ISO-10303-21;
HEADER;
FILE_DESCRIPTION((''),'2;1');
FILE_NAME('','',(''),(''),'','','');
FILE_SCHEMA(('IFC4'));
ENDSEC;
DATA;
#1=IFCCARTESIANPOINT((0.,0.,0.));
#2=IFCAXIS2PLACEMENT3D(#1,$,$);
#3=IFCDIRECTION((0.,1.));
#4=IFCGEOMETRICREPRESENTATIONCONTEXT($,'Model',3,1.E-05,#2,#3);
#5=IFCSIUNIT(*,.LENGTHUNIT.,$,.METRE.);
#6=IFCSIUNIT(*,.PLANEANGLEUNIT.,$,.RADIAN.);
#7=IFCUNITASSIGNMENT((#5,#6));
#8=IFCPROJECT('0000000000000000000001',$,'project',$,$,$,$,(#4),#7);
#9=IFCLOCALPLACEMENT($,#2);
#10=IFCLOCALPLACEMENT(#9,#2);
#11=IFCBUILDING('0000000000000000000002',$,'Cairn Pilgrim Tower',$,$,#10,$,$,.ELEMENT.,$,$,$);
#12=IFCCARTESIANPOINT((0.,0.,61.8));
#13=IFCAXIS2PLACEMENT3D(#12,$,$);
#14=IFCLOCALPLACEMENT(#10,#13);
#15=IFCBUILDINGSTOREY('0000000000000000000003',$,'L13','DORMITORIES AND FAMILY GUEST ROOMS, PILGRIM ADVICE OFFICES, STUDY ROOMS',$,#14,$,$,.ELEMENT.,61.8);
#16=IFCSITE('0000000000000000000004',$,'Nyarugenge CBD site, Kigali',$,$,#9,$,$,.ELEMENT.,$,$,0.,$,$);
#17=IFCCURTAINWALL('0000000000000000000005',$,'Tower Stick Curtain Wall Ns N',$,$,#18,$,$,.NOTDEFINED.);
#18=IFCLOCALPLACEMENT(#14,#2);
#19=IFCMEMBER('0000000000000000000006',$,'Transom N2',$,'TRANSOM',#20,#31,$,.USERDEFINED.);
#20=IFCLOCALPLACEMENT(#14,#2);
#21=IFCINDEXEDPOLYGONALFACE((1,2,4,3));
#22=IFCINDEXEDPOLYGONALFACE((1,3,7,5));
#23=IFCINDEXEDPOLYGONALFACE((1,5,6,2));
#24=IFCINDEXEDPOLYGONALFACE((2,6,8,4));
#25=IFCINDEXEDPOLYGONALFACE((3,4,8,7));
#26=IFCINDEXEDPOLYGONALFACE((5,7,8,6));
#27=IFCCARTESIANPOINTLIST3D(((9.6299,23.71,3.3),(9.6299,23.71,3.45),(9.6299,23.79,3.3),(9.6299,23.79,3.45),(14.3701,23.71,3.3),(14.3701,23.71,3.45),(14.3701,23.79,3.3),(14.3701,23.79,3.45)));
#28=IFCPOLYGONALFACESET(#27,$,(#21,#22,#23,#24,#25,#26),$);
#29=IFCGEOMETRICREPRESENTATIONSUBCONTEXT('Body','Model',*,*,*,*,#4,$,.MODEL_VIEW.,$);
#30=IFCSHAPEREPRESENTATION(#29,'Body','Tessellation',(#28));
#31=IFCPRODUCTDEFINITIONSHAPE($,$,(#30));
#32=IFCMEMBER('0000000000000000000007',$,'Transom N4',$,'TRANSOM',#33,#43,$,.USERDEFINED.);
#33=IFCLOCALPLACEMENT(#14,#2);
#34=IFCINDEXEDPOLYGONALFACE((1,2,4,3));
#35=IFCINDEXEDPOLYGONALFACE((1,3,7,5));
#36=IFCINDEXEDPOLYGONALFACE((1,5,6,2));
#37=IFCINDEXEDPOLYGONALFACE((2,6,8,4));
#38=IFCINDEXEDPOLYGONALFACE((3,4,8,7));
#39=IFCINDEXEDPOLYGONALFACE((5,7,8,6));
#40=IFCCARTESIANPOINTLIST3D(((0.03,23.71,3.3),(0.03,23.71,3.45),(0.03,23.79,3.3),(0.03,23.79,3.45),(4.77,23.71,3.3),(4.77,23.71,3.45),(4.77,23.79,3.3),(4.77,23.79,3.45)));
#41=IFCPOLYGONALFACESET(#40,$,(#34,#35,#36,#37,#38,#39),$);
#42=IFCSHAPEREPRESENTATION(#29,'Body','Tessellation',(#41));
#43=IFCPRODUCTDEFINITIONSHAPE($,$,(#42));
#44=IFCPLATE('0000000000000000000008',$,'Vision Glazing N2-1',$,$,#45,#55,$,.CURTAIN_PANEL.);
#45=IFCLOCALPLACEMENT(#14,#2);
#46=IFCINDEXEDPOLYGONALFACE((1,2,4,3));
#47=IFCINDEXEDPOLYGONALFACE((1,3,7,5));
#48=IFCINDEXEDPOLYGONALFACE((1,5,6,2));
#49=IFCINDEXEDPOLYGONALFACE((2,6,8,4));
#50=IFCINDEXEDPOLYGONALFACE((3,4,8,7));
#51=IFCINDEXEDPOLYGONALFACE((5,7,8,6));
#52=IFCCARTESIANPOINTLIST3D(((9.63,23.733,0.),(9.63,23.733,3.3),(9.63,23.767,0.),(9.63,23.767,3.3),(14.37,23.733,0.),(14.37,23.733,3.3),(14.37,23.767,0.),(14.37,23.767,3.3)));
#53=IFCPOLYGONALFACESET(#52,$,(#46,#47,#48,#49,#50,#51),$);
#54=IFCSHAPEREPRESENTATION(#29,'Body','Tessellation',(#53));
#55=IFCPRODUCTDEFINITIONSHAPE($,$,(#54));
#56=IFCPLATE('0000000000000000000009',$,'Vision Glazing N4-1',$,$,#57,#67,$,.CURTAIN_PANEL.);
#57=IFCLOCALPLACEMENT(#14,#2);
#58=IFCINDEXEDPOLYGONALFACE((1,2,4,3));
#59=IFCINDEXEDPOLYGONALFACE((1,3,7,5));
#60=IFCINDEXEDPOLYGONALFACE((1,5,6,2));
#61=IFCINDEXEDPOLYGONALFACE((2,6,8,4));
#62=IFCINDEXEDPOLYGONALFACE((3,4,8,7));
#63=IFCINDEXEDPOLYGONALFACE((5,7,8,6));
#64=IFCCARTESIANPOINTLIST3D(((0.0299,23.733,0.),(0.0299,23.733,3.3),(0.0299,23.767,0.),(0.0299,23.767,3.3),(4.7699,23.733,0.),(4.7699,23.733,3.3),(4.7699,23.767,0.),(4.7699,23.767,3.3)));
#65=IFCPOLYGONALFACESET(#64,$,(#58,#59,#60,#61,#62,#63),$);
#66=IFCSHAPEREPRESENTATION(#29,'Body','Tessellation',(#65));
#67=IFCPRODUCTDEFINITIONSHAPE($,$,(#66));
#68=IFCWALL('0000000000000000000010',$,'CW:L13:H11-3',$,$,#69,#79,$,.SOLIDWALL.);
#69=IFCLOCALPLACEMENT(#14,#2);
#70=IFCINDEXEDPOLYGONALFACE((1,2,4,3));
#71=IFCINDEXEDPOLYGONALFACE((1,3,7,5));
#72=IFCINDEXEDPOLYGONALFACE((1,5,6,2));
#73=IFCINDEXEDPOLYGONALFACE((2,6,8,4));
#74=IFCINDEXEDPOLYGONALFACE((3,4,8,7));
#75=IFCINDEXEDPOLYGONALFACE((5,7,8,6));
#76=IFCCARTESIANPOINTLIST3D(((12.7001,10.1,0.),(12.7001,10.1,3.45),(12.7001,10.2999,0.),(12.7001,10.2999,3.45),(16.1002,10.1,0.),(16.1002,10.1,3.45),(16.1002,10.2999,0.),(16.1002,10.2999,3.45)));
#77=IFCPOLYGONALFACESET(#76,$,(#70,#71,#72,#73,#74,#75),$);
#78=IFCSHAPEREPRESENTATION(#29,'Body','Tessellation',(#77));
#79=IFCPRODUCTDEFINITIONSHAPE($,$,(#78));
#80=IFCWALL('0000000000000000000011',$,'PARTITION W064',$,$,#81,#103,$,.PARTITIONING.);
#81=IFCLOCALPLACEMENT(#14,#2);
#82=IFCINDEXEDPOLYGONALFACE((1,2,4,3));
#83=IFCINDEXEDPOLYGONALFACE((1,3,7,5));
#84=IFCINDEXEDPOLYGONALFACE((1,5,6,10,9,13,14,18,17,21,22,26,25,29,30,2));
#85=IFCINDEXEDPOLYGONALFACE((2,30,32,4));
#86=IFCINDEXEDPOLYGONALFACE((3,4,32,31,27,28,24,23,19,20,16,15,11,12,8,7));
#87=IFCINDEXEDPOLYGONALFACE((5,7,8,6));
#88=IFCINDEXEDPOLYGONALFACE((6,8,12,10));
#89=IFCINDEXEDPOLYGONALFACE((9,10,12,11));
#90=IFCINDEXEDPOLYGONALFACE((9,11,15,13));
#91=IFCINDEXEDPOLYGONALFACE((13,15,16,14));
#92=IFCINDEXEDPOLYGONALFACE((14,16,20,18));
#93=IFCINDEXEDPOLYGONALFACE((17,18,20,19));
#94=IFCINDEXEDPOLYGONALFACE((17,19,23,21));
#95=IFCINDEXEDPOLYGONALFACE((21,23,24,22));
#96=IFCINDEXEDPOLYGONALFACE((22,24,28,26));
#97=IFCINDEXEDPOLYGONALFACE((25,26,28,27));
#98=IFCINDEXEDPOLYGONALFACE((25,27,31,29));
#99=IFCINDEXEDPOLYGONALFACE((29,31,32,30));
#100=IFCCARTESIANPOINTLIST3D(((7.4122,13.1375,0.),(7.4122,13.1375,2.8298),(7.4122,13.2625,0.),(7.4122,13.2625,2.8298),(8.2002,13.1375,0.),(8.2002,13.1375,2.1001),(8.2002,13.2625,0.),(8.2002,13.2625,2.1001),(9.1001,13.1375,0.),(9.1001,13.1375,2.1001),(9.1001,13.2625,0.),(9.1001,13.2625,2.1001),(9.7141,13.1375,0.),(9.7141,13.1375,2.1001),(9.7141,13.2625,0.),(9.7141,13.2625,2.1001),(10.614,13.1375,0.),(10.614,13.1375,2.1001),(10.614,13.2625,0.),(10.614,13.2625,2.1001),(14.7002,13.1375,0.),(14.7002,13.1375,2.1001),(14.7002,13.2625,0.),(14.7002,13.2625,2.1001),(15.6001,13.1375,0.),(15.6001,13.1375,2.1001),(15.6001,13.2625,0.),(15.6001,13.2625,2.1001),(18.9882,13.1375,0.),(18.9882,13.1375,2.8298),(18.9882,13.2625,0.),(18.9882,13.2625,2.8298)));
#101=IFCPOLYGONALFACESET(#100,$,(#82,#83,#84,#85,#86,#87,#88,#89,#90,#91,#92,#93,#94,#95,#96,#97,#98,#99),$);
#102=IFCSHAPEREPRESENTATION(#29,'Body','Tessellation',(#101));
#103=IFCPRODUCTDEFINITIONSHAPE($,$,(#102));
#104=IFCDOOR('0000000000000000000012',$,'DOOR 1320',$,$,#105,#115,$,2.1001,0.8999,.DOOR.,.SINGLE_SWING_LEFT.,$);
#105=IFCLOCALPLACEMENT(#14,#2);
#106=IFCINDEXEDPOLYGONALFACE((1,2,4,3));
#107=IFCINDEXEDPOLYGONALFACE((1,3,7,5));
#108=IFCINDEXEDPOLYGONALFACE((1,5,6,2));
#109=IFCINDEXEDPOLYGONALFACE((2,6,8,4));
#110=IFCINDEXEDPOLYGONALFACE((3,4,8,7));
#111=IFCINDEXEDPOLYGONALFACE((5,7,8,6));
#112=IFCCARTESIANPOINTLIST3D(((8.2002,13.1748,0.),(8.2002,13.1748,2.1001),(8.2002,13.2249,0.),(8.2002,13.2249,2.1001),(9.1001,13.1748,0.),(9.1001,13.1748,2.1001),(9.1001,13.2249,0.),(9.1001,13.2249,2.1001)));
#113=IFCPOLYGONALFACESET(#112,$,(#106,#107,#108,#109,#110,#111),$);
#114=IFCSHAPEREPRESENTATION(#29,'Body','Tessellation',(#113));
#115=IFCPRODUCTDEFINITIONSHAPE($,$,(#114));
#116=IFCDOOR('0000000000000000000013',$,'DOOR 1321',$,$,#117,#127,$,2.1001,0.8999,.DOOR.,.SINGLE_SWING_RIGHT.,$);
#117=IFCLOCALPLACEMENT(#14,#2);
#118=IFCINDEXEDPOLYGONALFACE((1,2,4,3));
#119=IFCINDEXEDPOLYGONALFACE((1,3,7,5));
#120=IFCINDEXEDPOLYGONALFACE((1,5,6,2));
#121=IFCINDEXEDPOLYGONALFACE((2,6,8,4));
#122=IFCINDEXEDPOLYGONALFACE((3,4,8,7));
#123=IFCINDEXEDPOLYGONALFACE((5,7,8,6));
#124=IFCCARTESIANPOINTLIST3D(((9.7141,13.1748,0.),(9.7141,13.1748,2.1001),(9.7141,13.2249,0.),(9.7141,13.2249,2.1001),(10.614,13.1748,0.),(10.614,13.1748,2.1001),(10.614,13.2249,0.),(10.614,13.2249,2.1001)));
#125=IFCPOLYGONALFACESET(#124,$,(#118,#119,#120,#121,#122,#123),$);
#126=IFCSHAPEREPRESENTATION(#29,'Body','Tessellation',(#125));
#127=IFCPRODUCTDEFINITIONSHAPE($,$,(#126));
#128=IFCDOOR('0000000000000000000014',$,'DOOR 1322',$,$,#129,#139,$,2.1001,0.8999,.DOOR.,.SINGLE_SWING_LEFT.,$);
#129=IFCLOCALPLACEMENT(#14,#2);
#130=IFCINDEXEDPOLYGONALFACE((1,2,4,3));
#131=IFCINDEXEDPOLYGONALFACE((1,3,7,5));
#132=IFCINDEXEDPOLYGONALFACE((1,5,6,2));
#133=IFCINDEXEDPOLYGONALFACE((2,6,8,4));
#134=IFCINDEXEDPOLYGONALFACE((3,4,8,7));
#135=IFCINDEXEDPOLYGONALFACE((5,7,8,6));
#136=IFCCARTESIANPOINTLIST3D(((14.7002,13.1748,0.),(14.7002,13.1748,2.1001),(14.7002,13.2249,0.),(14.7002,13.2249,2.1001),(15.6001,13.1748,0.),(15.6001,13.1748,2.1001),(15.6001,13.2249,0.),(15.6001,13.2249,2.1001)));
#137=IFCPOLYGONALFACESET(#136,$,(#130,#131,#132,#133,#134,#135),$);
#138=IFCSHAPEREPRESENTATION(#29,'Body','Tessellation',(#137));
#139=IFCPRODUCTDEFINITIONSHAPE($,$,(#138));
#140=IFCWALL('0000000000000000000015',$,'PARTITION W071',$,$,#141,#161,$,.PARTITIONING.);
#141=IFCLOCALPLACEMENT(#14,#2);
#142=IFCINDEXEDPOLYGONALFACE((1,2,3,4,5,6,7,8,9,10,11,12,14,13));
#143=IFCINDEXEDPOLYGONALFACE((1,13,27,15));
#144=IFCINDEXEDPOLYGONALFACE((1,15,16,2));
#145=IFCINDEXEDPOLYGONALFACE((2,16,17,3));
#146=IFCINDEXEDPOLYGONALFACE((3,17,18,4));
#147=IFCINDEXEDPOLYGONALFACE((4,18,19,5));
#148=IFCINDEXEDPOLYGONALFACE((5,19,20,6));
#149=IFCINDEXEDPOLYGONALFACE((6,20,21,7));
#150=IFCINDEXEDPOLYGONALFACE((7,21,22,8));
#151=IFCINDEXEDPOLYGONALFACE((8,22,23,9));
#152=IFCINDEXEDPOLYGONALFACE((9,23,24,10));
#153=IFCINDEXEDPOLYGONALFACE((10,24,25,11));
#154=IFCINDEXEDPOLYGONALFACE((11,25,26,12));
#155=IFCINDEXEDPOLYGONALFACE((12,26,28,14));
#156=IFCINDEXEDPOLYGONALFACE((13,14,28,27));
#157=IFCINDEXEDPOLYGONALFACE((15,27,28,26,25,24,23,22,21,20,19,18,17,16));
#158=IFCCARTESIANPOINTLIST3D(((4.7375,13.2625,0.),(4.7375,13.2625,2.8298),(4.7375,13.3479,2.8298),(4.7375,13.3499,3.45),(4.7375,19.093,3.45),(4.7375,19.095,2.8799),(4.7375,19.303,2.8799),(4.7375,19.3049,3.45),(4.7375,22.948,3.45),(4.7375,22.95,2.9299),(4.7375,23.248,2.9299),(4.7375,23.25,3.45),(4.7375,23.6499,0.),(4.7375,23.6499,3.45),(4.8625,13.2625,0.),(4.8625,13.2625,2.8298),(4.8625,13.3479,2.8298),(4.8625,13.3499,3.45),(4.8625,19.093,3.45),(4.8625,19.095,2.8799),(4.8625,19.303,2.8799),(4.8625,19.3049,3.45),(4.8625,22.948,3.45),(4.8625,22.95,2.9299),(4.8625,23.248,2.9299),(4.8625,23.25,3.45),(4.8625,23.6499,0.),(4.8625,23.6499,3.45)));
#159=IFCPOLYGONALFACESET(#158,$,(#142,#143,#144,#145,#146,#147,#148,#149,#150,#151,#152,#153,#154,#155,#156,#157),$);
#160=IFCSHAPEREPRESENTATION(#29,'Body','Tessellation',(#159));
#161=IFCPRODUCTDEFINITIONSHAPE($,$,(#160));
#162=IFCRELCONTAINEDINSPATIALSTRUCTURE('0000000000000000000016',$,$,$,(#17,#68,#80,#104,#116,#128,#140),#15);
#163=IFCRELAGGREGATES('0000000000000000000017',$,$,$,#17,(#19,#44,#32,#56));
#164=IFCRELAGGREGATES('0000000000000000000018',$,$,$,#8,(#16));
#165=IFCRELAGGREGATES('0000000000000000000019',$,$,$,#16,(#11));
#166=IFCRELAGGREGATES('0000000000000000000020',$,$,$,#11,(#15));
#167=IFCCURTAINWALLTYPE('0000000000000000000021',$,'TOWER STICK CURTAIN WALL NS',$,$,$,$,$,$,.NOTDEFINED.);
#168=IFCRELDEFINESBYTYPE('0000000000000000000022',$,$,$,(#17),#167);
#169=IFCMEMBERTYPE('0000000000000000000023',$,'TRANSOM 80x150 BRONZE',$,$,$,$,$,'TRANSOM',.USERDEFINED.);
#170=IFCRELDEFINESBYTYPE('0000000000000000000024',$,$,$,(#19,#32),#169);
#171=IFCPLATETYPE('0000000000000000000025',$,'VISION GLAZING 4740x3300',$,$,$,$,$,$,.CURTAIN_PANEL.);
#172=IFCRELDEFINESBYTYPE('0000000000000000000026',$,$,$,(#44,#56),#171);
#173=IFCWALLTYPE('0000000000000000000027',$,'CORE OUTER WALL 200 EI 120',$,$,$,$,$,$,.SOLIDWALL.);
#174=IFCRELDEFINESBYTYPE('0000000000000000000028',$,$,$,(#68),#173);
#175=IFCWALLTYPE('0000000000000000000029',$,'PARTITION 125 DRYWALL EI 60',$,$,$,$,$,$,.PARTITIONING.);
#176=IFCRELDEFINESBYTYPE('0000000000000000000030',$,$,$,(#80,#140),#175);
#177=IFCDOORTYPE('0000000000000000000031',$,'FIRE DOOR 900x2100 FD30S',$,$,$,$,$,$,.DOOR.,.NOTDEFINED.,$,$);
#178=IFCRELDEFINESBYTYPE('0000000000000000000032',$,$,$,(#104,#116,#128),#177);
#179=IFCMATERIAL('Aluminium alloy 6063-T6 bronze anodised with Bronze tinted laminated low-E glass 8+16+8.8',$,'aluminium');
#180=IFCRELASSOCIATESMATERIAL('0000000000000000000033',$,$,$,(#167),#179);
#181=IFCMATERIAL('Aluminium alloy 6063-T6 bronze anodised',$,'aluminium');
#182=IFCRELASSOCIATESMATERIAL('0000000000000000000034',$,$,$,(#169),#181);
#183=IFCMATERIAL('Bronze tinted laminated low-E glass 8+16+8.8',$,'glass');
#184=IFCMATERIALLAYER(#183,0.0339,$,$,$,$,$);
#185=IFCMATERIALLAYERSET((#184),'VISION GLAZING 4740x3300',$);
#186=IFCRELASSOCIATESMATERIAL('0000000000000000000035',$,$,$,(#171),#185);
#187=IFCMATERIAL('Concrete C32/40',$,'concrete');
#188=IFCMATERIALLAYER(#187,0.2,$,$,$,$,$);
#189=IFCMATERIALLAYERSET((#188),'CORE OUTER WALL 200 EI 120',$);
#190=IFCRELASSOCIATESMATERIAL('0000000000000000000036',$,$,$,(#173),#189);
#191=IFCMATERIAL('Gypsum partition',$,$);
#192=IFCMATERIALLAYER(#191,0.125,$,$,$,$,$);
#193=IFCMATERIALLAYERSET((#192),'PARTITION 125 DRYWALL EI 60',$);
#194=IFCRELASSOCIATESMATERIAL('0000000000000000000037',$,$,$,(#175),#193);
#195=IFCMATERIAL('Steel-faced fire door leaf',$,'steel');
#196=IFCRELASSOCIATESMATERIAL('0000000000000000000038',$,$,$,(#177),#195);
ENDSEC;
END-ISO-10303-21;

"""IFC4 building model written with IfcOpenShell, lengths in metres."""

from ifc_helpers import new_model, si_unit, direction, frame, frame_2d, origin, origin_2d, place, context, subcontext, project, spatial, polyline, rectangle, outline, extrude, material, layer, layer_set, material_profile, profile_set, type_object, element, fill, aggregate, save


model = new_model("IFC4")

# Units and contexts
model_context = context("Model", 3, precision=1e-05, world=origin(), true_north=direction((0.0, 1.0)))
body_context = subcontext(model_context, "Body", "Model", "MODEL_VIEW")
ifc_project = project(units=[si_unit("LENGTHUNIT", "METRE"), si_unit("PLANEANGLEUNIT", "RADIAN")], contexts=[model_context])

# Site, building, storey
site_placement = place(None, origin())
site = spatial("IfcSite", under=ifc_project, at=site_placement, Name="Nyarugenge CBD site, Kigali", CompositionType="ELEMENT", RefElevation=0.0)
building_placement = place(site_placement, origin())
building = spatial("IfcBuilding", under=site, at=building_placement, Name="Cairn Pilgrim Tower", CompositionType="ELEMENT")
storey_placement = place(building_placement, frame((0.0, 0.0, 61.8)))
storey = spatial("IfcBuildingStorey", under=building, at=storey_placement, Name="L13", Description="DORMITORIES AND FAMILY GUEST ROOMS, PILGRIM ADVICE OFFICES, STUDY ROOMS", CompositionType="ELEMENT", Elevation=61.8)

# Curtain wall
ifc_material_1 = material(Name="Aluminium alloy 6063-T6 bronze anodised with Bronze tinted laminated low-E glass 8+16+8.8", Category="aluminium")
curtain_wall_type = type_object("IfcCurtainWallType", Name="TOWER STICK CURTAIN WALL NS", PredefinedType="NOTDEFINED", material=ifc_material_1)
curtain_wall_placement = place(storey_placement, origin())
curtain_wall = element("IfcCurtainWall", 1, at=curtain_wall_placement, inside=storey, type_object=curtain_wall_type, Name="Tower Stick Curtain Wall Ns N", PredefinedType="NOTDEFINED")
ifc_material_2 = material(Name="Aluminium alloy 6063-T6 bronze anodised", Category="aluminium")

# Members
ifc_material_profile_1 = material_profile(ifc_material_2, rectangle(XDim=0.0801, YDim=0.1499, at=origin_2d()), Name="TRANSOM 80x150 BRONZE")
ifc_profile_set_1 = profile_set([ifc_material_profile_1], Name="Aluminium alloy 6063-T6 bronze anodised")
member_type_1 = type_object("IfcMemberType", Name="TRANSOM 80x150 BRONZE", ElementType="TRANSOM", PredefinedType="USERDEFINED", material=ifc_profile_set_1)
member_1_placement = place(storey_placement, frame((14.3701, 23.75, 3.375), z_axis=(-1.0, 0.0, 0.0), x_axis=(0.0, -1.0, 0.0)))
member_1 = element("IfcMember", 2, at=member_1_placement, type_object=member_type_1, Name="Transom N2", ObjectType="TRANSOM", PredefinedType="USERDEFINED", context=body_context, shape_type="SweptSolid", body=[
    extrude(rectangle(XDim=0.0801, YDim=0.1499, at=origin_2d()), origin(), (0.0, 0.0, 1.0), 4.7402),
])
member_2_placement = place(storey_placement, frame((4.77, 23.75, 3.375), z_axis=(-1.0, 0.0, 0.0), x_axis=(0.0, -1.0, 0.0)))
member_2 = element("IfcMember", 3, at=member_2_placement, type_object=member_type_1, Name="Transom N4", ObjectType="TRANSOM", PredefinedType="USERDEFINED", context=body_context, shape_type="SweptSolid", body=[
    extrude(rectangle(XDim=0.0801, YDim=0.1499, at=origin_2d()), origin(), (0.0, 0.0, 1.0), 4.74),
])

# Plates
ifc_material_3 = material(Name="Bronze tinted laminated low-E glass 8+16+8.8", Category="glass")
ifc_layer_1 = layer(ifc_material_3, 0.0339)
ifc_layer_set_1 = layer_set([ifc_layer_1], Name="VISION GLAZING 4740x3300")
plate_type = type_object("IfcPlateType", Name="VISION GLAZING 4740x3300", PredefinedType="CURTAIN_PANEL", material=ifc_layer_set_1)
plate_1_placement = place(storey_placement, frame((12.0, 23.75, 0.0), z_axis=(0.0, 0.0, 1.0), x_axis=(-1.0, 0.0, 0.0)))
plate_1 = element("IfcPlate", 4, at=plate_1_placement, type_object=plate_type, Name="Vision Glazing N2-1", PredefinedType="CURTAIN_PANEL", context=body_context, shape_type="SweptSolid", body=[
    extrude(rectangle(XDim=4.74, YDim=0.0339, at=origin_2d()), origin(), (0.0, 0.0, 1.0), 3.3),
])
plate_2_placement = place(storey_placement, frame((2.3999, 23.75, 0.0), z_axis=(0.0, 0.0, 1.0), x_axis=(-1.0, 0.0, 0.0)))
plate_2 = element("IfcPlate", 5, at=plate_2_placement, type_object=plate_type, Name="Vision Glazing N4-1", PredefinedType="CURTAIN_PANEL", context=body_context, shape_type="SweptSolid", body=[
    extrude(rectangle(XDim=4.74, YDim=0.0339, at=origin_2d()), origin(), (0.0, 0.0, 1.0), 3.3),
])
aggregate(curtain_wall, [member_1, plate_1, member_2, plate_2])

# Wall
ifc_material_4 = material(Name="Concrete C32/40", Category="concrete")
ifc_layer_2 = layer(ifc_material_4, 0.2)
ifc_layer_set_2 = layer_set([ifc_layer_2], Name="CORE OUTER WALL 200 EI 120")
wall_type_1 = type_object("IfcWallType", Name="CORE OUTER WALL 200 EI 120", PredefinedType="SOLIDWALL", material=ifc_layer_set_2)
wall_1_placement = place(storey_placement, frame((12.7, 10.2, 0.0), z_axis=(0.0, 0.0, 1.0), x_axis=(1.0, 0.0, 0.0)))
element("IfcWall", 6, at=wall_1_placement, inside=storey, type_object=wall_type_1, Name="CW:L13:H11-3", PredefinedType="SOLIDWALL", context=body_context, shape_type="SweptSolid", body=[
    extrude(rectangle(XDim=3.4001, YDim=0.2, at=frame_2d((1.7002, 0.0))), origin(), (0.0, 0.0, 1.0), 3.45),
])

# Wall, openings, doors
ifc_material_5 = material(Name="Gypsum partition")
ifc_layer_3 = layer(ifc_material_5, 0.125)
ifc_layer_set_3 = layer_set([ifc_layer_3], Name="PARTITION 125 DRYWALL EI 60")
wall_type_2 = type_object("IfcWallType", Name="PARTITION 125 DRYWALL EI 60", PredefinedType="PARTITIONING", material=ifc_layer_set_3)
wall_2_placement = place(storey_placement, frame((7.4121, 13.2, 0.0), z_axis=(0.0, 0.0, 1.0), x_axis=(1.0, 0.0, 0.0)))
wall_2 = element("IfcWall", 7, at=wall_2_placement, inside=storey, type_object=wall_type_2, Name="PARTITION W064", PredefinedType="PARTITIONING", context=body_context, shape_type="SweptSolid", body=[
    extrude(rectangle(XDim=11.5759, YDim=0.125, at=frame_2d((5.7881, 0.0))), origin(), (0.0, 0.0, 1.0), 2.8298),
])
opening_1_placement = place(wall_2_placement, frame((0.7881, 0.0, 0.0)))
opening_1 = element("IfcOpeningElement", 8, at=opening_1_placement, cuts=wall_2, PredefinedType="OPENING", context=body_context, shape_type="SweptSolid", body=[
    extrude(rectangle(XDim=0.8999, YDim=2.1001, at=frame_2d((0.45, 1.05))), frame((0.0, 0.0725, 0.0), z_axis=(0.0, -1.0, 0.0), x_axis=(1.0, 0.0, 0.0)), (0.0, 0.0, 1.0), 0.145),
])
opening_2_placement = place(wall_2_placement, frame((2.302, 0.0, 0.0)))
opening_2 = element("IfcOpeningElement", 9, at=opening_2_placement, cuts=wall_2, PredefinedType="OPENING", context=body_context, shape_type="SweptSolid", body=[
    extrude(rectangle(XDim=0.8999, YDim=2.1001, at=frame_2d((0.45, 1.05))), frame((0.0, 0.0725, 0.0), z_axis=(0.0, -1.0, 0.0), x_axis=(1.0, 0.0, 0.0)), (0.0, 0.0, 1.0), 0.145),
])
opening_3_placement = place(wall_2_placement, frame((7.2881, 0.0, 0.0)))
opening_3 = element("IfcOpeningElement", 10, at=opening_3_placement, cuts=wall_2, PredefinedType="OPENING", context=body_context, shape_type="SweptSolid", body=[
    extrude(rectangle(XDim=0.8999, YDim=2.1001, at=frame_2d((0.45, 1.05))), frame((0.0, 0.0725, 0.0), z_axis=(0.0, -1.0, 0.0), x_axis=(1.0, 0.0, 0.0)), (0.0, 0.0, 1.0), 0.145),
])
ifc_material_6 = material(Name="Steel-faced fire door leaf", Category="steel")
door_type_1 = type_object("IfcDoorType", Name="FIRE DOOR 900x2100 FD30S", OperationType="NOTDEFINED", PredefinedType="DOOR", material=ifc_material_6)
door_1_placement = place(opening_1_placement, origin())
door_1 = element("IfcDoor", 11, at=door_1_placement, inside=storey, type_object=door_type_1, Name="DOOR 1320", OperationType="SINGLE_SWING_LEFT", OverallHeight=2.1001, OverallWidth=0.8999, PredefinedType="DOOR", context=body_context, shape_type="SweptSolid", body=[
    extrude(rectangle(XDim=0.8999, YDim=2.1001, at=frame_2d((0.45, 1.05))), frame((0.0, 0.0249, 0.0), z_axis=(0.0, -1.0, 0.0), x_axis=(1.0, 0.0, 0.0)), (0.0, 0.0, 1.0), 0.05),
])
fill(opening_1, door_1)
door_2_placement = place(opening_2_placement, origin())
door_2 = element("IfcDoor", 12, at=door_2_placement, inside=storey, type_object=door_type_1, Name="DOOR 1321", OperationType="SINGLE_SWING_RIGHT", OverallHeight=2.1001, OverallWidth=0.8999, PredefinedType="DOOR", context=body_context, shape_type="SweptSolid", body=[
    extrude(rectangle(XDim=0.8999, YDim=2.1001, at=frame_2d((0.45, 1.05))), frame((0.0, 0.0249, 0.0), z_axis=(0.0, -1.0, 0.0), x_axis=(1.0, 0.0, 0.0)), (0.0, 0.0, 1.0), 0.05),
])
fill(opening_2, door_2)
door_3_placement = place(opening_3_placement, origin())
door_3 = element("IfcDoor", 13, at=door_3_placement, inside=storey, type_object=door_type_1, Name="DOOR 1322", OperationType="SINGLE_SWING_LEFT", OverallHeight=2.1001, OverallWidth=0.8999, PredefinedType="DOOR", context=body_context, shape_type="SweptSolid", body=[
    extrude(rectangle(XDim=0.8999, YDim=2.1001, at=frame_2d((0.45, 1.05))), frame((0.0, 0.0249, 0.0), z_axis=(0.0, -1.0, 0.0), x_axis=(1.0, 0.0, 0.0)), (0.0, 0.0, 1.0), 0.05),
])
fill(opening_3, door_3)

# Wall
wall_3_placement = place(storey_placement, frame((4.8, 13.2625, 0.0), z_axis=(0.0, 0.0, 1.0), x_axis=(0.0, 1.0, 0.0)))
element("IfcWall", 14, at=wall_3_placement, inside=storey, type_object=wall_type_2, Name="PARTITION W071", PredefinedType="PARTITIONING", context=body_context, shape_type="SweptSolid", body=[
    extrude(outline(polyline([(0.0, 0.0), (10.3875, 0.0), (10.3875, 3.45), (9.9875, 3.45), (9.9856, 2.9299), (9.6875, 2.9299), (9.6855, 3.45), (6.0425, 3.45), (6.0405, 2.8799), (5.8325, 2.8799), (5.8306, 3.45), (0.0874, 3.45), (0.0854, 2.8298), (0.0, 2.8298), (0.0, 0.0)])), frame((0.0, 0.0625, 0.0), z_axis=(0.0, -1.0, 0.0), x_axis=(1.0, 0.0, 0.0)), (0.0, 0.0, 1.0), 0.125),
])

save(model, "model.ifc")
